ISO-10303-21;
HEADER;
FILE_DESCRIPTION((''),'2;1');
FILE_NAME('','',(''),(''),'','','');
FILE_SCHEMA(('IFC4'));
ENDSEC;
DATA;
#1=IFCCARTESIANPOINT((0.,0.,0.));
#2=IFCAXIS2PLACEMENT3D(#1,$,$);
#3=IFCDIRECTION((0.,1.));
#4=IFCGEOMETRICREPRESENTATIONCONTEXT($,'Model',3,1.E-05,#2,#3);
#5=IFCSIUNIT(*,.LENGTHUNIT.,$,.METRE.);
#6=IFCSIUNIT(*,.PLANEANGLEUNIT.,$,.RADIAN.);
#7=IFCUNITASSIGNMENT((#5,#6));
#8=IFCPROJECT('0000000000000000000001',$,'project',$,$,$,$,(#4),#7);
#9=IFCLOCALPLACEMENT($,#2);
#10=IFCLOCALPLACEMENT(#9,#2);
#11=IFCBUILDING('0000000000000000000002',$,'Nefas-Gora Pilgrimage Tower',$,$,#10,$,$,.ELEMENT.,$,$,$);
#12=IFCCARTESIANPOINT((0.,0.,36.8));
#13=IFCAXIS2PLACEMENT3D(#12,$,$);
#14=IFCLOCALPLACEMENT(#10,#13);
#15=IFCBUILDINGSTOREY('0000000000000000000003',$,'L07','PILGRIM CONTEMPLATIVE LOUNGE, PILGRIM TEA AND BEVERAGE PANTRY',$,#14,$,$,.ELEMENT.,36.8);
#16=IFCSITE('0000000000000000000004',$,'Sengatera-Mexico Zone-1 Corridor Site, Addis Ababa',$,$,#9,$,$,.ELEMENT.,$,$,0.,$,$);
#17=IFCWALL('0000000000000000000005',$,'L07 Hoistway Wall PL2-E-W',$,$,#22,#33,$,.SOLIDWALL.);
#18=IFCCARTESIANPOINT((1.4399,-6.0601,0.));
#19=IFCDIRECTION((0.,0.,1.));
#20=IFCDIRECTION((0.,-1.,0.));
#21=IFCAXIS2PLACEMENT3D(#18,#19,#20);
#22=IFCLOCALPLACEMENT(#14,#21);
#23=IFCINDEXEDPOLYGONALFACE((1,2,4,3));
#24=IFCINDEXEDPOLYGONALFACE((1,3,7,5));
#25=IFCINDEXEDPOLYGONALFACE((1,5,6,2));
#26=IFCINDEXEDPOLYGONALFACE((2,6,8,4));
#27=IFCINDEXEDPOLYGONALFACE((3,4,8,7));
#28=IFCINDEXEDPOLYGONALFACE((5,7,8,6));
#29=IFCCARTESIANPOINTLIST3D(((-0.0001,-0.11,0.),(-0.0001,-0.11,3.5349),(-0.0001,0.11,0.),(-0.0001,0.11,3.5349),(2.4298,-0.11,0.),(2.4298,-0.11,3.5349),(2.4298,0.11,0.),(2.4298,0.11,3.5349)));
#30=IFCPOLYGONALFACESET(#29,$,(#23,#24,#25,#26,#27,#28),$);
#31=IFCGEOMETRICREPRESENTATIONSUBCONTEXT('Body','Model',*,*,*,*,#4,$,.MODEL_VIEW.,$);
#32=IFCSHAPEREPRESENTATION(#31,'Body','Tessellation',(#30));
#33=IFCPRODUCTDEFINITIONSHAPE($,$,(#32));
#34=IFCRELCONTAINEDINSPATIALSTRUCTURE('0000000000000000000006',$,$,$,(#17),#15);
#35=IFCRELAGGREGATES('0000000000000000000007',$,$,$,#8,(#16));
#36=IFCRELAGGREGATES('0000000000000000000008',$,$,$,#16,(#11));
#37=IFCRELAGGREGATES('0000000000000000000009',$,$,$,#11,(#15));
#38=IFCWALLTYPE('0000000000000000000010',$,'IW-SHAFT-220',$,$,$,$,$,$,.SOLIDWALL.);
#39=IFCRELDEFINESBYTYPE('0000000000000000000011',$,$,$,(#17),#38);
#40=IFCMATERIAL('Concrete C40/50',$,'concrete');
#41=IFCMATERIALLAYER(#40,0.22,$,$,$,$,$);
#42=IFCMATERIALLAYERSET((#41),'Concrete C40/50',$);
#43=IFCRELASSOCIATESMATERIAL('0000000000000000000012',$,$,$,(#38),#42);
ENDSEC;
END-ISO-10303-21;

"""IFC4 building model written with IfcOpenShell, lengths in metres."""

from ifc_helpers import new_model, si_unit, direction, frame, frame_2d, origin, place, context, subcontext, project, spatial, rectangle, extrude, source, transform, mapped, material, layer, layer_set, type_object, element, save


model = new_model("IFC4")

# Units and contexts
model_context = context("Model", 3, precision=1e-05, world=origin(), true_north=direction((0.0, 1.0)))
body_context = subcontext(model_context, "Body", "Model", "MODEL_VIEW")
ifc_project = project(units=[si_unit("LENGTHUNIT", "METRE"), si_unit("PLANEANGLEUNIT", "RADIAN")], contexts=[model_context])

# Site, building, storey
site_placement = place(None, origin())
site = spatial("IfcSite", under=ifc_project, at=site_placement, Name="Sengatera-Mexico Zone-1 Corridor Site, Addis Ababa", CompositionType="ELEMENT", RefElevation=0.0)
building_placement = place(site_placement, origin())
building = spatial("IfcBuilding", under=site, at=building_placement, Name="Nefas-Gora Pilgrimage Tower", CompositionType="ELEMENT")
storey_placement = place(building_placement, frame((0.0, 0.0, 36.8)))
storey = spatial("IfcBuildingStorey", under=building, at=storey_placement, Name="L07", Description="PILGRIM CONTEMPLATIVE LOUNGE, PILGRIM TEA AND BEVERAGE PANTRY", CompositionType="ELEMENT", Elevation=36.8)

# Shared definitions
ifc_material_1 = material(Name="Concrete C40/50", Category="concrete")
ifc_layer_1 = layer(ifc_material_1, 0.22)
ifc_layer_set_1 = layer_set([ifc_layer_1], Name="Concrete C40/50")
wall_type_1 = type_object("IfcWallType", Name="IW-SHAFT-220", PredefinedType="SOLIDWALL", material=ifc_layer_set_1)

# Wall
shared_shape_1 = source(origin(), body_context, "Body", "SweptSolid", [
    extrude(rectangle(XDim=2.4299, YDim=0.22, at=frame_2d((1.2148, 0.0))), origin(), (0.0, 0.0, 1.0), 3.5349),
])
for number, where, z_axis, x_axis, name in (
    (1, (1.4399, -6.0601, 0.0), (0.0, 0.0, 1.0), (0.0, -1.0, 0.0), "L07 Hoistway Wall PL2-E-W"),
):
    element("IfcWall", number, at=place(storey_placement, frame(where, z_axis=z_axis, x_axis=x_axis)), inside=storey, type_object=wall_type_1, Name=name, PredefinedType="SOLIDWALL", context=body_context, shape_type="MappedRepresentation", body=[
        mapped(shared_shape_1, transform((0.0, 0.0, 0.0), x_axis=(1.0, 0.0, 0.0), y_axis=(0.0, 1.0, 0.0), z_axis=(0.0, 0.0, 1.0), scale=1.0)),
    ])

save(model, "model.ifc")
